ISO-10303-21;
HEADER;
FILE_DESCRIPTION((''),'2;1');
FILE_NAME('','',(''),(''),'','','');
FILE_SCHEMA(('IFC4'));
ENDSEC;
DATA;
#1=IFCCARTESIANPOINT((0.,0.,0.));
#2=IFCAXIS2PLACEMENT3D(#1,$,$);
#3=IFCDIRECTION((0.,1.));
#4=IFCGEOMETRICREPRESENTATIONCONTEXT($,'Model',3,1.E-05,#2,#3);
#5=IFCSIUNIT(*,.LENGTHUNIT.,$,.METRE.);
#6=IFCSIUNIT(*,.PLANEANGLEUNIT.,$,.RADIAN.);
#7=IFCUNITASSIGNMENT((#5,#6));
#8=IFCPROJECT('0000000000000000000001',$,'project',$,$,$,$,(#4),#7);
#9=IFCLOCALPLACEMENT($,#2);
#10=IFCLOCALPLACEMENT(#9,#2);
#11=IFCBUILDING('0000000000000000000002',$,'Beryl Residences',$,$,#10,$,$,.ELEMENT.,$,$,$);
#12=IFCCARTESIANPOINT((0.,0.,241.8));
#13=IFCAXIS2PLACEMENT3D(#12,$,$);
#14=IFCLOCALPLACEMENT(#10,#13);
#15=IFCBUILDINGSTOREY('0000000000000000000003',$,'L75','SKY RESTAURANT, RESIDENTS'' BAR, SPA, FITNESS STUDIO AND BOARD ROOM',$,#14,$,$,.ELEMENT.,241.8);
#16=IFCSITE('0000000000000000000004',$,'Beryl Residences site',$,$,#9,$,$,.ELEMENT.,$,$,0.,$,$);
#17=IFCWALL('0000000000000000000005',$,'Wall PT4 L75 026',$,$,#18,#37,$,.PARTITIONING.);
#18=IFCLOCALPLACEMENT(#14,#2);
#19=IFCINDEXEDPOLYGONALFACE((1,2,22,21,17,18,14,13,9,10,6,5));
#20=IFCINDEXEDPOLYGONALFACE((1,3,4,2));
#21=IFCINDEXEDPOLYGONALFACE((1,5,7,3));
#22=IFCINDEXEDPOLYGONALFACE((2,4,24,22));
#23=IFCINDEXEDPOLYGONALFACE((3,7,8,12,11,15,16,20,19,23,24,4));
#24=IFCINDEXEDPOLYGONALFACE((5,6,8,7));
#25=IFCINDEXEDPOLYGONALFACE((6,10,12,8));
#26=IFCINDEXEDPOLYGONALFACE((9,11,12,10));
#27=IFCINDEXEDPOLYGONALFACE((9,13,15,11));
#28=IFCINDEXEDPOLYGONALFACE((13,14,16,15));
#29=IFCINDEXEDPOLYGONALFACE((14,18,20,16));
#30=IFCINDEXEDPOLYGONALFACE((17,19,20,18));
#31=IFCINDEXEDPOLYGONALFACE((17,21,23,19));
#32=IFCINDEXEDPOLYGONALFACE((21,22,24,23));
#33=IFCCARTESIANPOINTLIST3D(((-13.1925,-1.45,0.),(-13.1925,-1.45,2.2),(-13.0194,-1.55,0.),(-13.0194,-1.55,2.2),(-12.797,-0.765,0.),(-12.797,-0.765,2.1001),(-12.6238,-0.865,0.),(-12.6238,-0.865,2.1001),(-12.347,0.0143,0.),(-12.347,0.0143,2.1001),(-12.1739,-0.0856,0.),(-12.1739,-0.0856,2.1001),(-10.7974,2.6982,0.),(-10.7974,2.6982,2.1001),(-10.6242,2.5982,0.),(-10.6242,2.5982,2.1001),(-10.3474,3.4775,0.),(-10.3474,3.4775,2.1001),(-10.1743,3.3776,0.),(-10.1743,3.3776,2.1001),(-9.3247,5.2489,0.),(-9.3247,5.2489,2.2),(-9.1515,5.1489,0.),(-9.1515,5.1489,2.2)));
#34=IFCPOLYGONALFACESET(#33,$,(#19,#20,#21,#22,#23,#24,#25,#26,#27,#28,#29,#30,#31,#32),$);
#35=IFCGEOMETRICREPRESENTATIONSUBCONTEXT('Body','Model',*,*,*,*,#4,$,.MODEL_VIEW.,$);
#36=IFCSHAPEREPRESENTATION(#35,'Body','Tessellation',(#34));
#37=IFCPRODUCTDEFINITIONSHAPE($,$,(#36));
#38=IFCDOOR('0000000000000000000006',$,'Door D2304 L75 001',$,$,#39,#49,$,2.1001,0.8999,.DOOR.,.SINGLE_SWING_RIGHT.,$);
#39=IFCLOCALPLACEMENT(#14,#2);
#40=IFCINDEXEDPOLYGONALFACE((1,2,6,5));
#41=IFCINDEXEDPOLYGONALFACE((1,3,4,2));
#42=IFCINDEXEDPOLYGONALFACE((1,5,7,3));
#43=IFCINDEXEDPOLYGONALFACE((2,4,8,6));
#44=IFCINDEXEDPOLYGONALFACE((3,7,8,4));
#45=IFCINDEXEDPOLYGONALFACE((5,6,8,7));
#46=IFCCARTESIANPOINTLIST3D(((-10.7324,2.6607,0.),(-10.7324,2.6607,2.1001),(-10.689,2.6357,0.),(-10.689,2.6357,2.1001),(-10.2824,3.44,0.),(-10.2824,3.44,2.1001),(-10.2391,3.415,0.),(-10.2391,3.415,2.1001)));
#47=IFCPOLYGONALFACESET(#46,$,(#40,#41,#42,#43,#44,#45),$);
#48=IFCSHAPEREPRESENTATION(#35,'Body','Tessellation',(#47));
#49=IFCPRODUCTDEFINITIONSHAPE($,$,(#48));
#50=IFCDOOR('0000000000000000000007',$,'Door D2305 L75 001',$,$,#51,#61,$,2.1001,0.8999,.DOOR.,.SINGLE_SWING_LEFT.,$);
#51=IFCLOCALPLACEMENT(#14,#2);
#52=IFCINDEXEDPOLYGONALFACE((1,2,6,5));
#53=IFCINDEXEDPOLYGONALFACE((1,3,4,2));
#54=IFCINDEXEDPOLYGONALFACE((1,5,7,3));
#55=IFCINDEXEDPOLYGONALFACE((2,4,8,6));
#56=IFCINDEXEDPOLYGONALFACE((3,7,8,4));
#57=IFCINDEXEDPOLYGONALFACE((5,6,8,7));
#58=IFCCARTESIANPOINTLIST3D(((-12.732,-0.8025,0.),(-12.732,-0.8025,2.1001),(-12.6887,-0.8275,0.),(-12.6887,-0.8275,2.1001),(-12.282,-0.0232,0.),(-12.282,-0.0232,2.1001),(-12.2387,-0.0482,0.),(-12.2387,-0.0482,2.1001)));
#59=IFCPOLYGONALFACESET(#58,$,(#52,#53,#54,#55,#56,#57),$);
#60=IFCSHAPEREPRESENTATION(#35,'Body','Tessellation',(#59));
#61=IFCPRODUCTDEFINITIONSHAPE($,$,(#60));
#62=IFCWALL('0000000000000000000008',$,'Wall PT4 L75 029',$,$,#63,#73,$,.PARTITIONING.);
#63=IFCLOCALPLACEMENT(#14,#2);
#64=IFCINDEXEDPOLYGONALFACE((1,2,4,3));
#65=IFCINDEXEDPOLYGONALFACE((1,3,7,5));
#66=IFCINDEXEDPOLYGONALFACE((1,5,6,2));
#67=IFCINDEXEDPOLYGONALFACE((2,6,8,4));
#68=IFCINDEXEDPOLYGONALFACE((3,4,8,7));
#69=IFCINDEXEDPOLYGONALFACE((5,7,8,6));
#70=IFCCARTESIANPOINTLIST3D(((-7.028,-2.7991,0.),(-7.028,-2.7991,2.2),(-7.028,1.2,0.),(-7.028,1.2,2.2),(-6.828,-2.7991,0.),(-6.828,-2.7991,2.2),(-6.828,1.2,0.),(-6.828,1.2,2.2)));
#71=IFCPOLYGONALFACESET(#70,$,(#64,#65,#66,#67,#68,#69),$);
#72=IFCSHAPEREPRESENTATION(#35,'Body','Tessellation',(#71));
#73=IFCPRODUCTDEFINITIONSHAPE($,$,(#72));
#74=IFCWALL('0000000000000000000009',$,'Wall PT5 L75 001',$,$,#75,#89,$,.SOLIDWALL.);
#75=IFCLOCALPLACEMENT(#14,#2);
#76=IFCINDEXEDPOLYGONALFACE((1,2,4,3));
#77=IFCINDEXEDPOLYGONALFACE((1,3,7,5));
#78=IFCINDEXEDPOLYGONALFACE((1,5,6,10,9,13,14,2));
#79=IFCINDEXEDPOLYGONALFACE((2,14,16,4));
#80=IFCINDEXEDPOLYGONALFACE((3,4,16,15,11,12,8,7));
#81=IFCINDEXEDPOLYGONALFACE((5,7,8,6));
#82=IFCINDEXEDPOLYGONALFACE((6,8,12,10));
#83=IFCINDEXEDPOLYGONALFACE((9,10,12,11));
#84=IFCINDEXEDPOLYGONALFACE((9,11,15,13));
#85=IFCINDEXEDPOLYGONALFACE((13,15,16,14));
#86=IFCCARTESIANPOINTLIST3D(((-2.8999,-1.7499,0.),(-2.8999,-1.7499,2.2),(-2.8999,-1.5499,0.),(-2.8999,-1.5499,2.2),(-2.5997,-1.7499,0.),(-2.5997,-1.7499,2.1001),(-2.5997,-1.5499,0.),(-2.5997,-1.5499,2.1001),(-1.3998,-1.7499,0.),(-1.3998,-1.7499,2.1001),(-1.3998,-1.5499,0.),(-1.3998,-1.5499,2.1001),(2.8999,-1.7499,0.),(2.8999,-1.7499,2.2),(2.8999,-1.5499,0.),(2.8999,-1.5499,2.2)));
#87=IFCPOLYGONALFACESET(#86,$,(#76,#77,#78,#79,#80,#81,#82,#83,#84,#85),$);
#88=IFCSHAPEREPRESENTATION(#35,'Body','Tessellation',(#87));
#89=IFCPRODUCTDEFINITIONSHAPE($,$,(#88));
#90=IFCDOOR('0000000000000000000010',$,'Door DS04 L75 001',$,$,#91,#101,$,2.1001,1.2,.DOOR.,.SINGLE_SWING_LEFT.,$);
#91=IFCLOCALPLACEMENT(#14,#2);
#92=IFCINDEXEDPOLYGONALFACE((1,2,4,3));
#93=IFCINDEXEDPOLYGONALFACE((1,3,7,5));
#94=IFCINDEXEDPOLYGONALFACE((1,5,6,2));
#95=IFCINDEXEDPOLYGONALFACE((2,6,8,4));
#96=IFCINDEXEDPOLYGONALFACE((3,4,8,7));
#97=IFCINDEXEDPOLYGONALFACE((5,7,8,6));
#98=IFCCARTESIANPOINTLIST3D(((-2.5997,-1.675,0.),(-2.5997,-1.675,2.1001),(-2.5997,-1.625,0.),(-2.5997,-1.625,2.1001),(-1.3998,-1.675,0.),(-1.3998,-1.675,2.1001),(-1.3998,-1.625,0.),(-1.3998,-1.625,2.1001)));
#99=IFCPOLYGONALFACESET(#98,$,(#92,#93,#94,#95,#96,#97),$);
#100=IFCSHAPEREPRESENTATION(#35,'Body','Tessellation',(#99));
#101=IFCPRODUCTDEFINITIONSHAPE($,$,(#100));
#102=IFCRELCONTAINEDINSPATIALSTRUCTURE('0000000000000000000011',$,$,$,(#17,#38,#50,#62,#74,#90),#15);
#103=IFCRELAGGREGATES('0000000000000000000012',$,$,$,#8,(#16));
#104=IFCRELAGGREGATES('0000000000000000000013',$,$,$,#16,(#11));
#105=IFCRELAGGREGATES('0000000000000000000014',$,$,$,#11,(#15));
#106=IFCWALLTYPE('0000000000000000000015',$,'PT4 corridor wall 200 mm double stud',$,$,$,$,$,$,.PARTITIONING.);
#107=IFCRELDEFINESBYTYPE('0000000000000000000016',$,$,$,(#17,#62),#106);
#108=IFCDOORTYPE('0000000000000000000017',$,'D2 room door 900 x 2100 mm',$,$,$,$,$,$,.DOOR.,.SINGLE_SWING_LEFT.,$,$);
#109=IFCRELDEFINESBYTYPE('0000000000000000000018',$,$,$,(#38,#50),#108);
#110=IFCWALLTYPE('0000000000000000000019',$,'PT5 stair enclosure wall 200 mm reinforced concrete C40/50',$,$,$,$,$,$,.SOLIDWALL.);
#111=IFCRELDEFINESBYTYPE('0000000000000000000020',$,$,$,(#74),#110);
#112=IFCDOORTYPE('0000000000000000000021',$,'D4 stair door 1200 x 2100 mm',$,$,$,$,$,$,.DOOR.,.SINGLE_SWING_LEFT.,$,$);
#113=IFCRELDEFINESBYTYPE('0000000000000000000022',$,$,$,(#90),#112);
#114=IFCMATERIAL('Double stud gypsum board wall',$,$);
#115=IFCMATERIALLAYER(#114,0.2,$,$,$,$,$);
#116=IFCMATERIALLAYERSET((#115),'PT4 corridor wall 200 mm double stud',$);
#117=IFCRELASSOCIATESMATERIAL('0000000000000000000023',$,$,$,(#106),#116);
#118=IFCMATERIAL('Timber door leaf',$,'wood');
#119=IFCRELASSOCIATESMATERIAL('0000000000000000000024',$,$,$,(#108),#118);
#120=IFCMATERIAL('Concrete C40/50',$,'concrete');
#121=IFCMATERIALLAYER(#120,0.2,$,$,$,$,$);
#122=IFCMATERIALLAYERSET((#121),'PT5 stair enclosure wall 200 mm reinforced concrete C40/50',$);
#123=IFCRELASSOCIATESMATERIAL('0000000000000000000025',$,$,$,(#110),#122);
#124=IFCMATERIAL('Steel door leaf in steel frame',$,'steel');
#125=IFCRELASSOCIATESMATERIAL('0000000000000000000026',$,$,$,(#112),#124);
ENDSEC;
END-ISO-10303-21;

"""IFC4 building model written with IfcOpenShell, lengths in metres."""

from ifc_helpers import new_model, si_unit, direction, frame, frame_2d, origin, place, context, subcontext, project, spatial, rectangle, extrude, material, layer, layer_set, type_object, element, fill, save


model = new_model("IFC4")

# Units and contexts
model_context = context("Model", 3, precision=1e-05, world=origin(), true_north=direction((0.0, 1.0)))
body_context = subcontext(model_context, "Body", "Model", "MODEL_VIEW")
ifc_project = project(units=[si_unit("LENGTHUNIT", "METRE"), si_unit("PLANEANGLEUNIT", "RADIAN")], contexts=[model_context])

# Site, building, storey
site_placement = place(None, origin())
site = spatial("IfcSite", under=ifc_project, at=site_placement, Name="Beryl Residences site", CompositionType="ELEMENT", RefElevation=0.0)
building_placement = place(site_placement, origin())
building = spatial("IfcBuilding", under=site, at=building_placement, Name="Beryl Residences", CompositionType="ELEMENT")
storey_placement = place(building_placement, frame((0.0, 0.0, 241.8)))
storey = spatial("IfcBuildingStorey", under=building, at=storey_placement, Name="L75", Description="SKY RESTAURANT, RESIDENTS' BAR, SPA, FITNESS STUDIO AND BOARD ROOM", CompositionType="ELEMENT", Elevation=241.8)

# Shared definitions
ifc_material_1 = material(Name="Double stud gypsum board wall")
ifc_layer_1 = layer(ifc_material_1, 0.2)
ifc_layer_set_1 = layer_set([ifc_layer_1], Name="PT4 corridor wall 200 mm double stud")
wall_type_1 = type_object("IfcWallType", Name="PT4 corridor wall 200 mm double stud", PredefinedType="PARTITIONING", material=ifc_layer_set_1)

# Shared definitions
ifc_material_2 = material(Name="Timber door leaf", Category="wood")
door_type_1 = type_object("IfcDoorType", Name="D2 room door 900 x 2100 mm", OperationType="SINGLE_SWING_LEFT", PredefinedType="DOOR", material=ifc_material_2)

# Wall, openings, doors
wall_1_placement = place(storey_placement, frame((-13.106, -1.5, 0.0), z_axis=(0.0, 0.0, 1.0), x_axis=(0.500026, 0.866011, 0.0)))
wall_1 = element("IfcWall", 1, at=wall_1_placement, inside=storey, type_object=wall_type_1, Name="Wall PT4 L75 026", PredefinedType="PARTITIONING", context=body_context, shape_type="SweptSolid", body=[
    extrude(rectangle(XDim=7.7354, YDim=0.2, at=frame_2d((3.8677, 0.0))), origin(), (0.0, 0.0, 1.0), 2.2),
])
opening_1_placement = place(wall_1_placement, frame((4.79, 0.0, 0.0)))
opening_1 = element("IfcOpeningElement", 2, at=opening_1_placement, cuts=wall_1, PredefinedType="OPENING", context=body_context, shape_type="SweptSolid", body=[
    extrude(rectangle(XDim=0.8999, YDim=2.1001, at=frame_2d((0.45, 1.05))), frame((0.0, 0.1099, 0.0), z_axis=(0.0, -1.0, 0.0), x_axis=(1.0, 0.0, 0.0)), (0.0, 0.0, 1.0), 0.22),
])
opening_2_placement = place(wall_1_placement, frame((0.791, 0.0, 0.0)))
opening_2 = element("IfcOpeningElement", 3, at=opening_2_placement, cuts=wall_1, PredefinedType="OPENING", context=body_context, shape_type="SweptSolid", body=[
    extrude(rectangle(XDim=0.8999, YDim=2.1001, at=frame_2d((0.45, 1.05))), frame((0.0, 0.1099, 0.0), z_axis=(0.0, -1.0, 0.0), x_axis=(1.0, 0.0, 0.0)), (0.0, 0.0, 1.0), 0.22),
])
door_1_placement = place(opening_1_placement, origin())
door_1 = element("IfcDoor", 4, at=door_1_placement, inside=storey, type_object=door_type_1, Name="Door D2304 L75 001", OperationType="SINGLE_SWING_RIGHT", OverallHeight=2.1001, OverallWidth=0.8999, PredefinedType="DOOR", context=body_context, shape_type="SweptSolid", body=[
    extrude(rectangle(XDim=0.8999, YDim=2.1001, at=frame_2d((0.45, 1.05))), frame((0.0, 0.0249, 0.0), z_axis=(0.0, -1.0, 0.0), x_axis=(1.0, 0.0, 0.0)), (0.0, 0.0, 1.0), 0.05),
])
fill(opening_1, door_1)
door_2_placement = place(opening_2_placement, origin())
door_2 = element("IfcDoor", 5, at=door_2_placement, inside=storey, type_object=door_type_1, Name="Door D2305 L75 001", OperationType="SINGLE_SWING_LEFT", OverallHeight=2.1001, OverallWidth=0.8999, PredefinedType="DOOR", context=body_context, shape_type="SweptSolid", body=[
    extrude(rectangle(XDim=0.8999, YDim=2.1001, at=frame_2d((0.45, 1.05))), frame((0.0, 0.0249, 0.0), z_axis=(0.0, -1.0, 0.0), x_axis=(1.0, 0.0, 0.0)), (0.0, 0.0, 1.0), 0.05),
])
fill(opening_2, door_2)

# Wall
wall_2_placement = place(storey_placement, frame((-6.928, -2.7991, 0.0), z_axis=(0.0, 0.0, 1.0), x_axis=(0.0, 1.0, 0.0)))
element("IfcWall", 6, at=wall_2_placement, inside=storey, type_object=wall_type_1, Name="Wall PT4 L75 029", PredefinedType="PARTITIONING", context=body_context, shape_type="SweptSolid", body=[
    extrude(rectangle(XDim=3.999, YDim=0.2, at=frame_2d((1.9995, 0.0))), origin(), (0.0, 0.0, 1.0), 2.2),
])

# Wall, opening, door
ifc_material_3 = material(Name="Concrete C40/50", Category="concrete")
ifc_layer_2 = layer(ifc_material_3, 0.2)
ifc_layer_set_2 = layer_set([ifc_layer_2], Name="PT5 stair enclosure wall 200 mm reinforced concrete C40/50")
wall_type_2 = type_object("IfcWallType", Name="PT5 stair enclosure wall 200 mm reinforced concrete C40/50", PredefinedType="SOLIDWALL", material=ifc_layer_set_2)
wall_3_placement = place(storey_placement, frame((-2.8999, -1.6499, 0.0), z_axis=(0.0, 0.0, 1.0), x_axis=(1.0, 0.0, 0.0)))
wall_3 = element("IfcWall", 7, at=wall_3_placement, inside=storey, type_object=wall_type_2, Name="Wall PT5 L75 001", PredefinedType="SOLIDWALL", context=body_context, shape_type="SweptSolid", body=[
    extrude(rectangle(XDim=5.7998, YDim=0.2, at=frame_2d((2.8999, 0.0))), origin(), (0.0, 0.0, 1.0), 2.2),
])
opening_3_placement = place(wall_3_placement, frame((0.3, 0.0, 0.0)))
opening_3 = element("IfcOpeningElement", 8, at=opening_3_placement, cuts=wall_3, PredefinedType="OPENING", context=body_context, shape_type="SweptSolid", body=[
    extrude(rectangle(XDim=1.2, YDim=2.1001, at=frame_2d((0.6001, 1.05))), frame((0.0, 0.1099, 0.0), z_axis=(0.0, -1.0, 0.0), x_axis=(1.0, 0.0, 0.0)), (0.0, 0.0, 1.0), 0.22),
])
ifc_material_4 = material(Name="Steel door leaf in steel frame", Category="steel")
door_type_2 = type_object("IfcDoorType", Name="D4 stair door 1200 x 2100 mm", OperationType="SINGLE_SWING_LEFT", PredefinedType="DOOR", material=ifc_material_4)
door_3_placement = place(opening_3_placement, origin())
door_3 = element("IfcDoor", 9, at=door_3_placement, inside=storey, type_object=door_type_2, Name="Door DS04 L75 001", OperationType="SINGLE_SWING_LEFT", OverallHeight=2.1001, OverallWidth=1.2, PredefinedType="DOOR", context=body_context, shape_type="SweptSolid", body=[
    extrude(rectangle(XDim=1.2, YDim=2.1001, at=frame_2d((0.6001, 1.05))), frame((0.0, 0.0249, 0.0), z_axis=(0.0, -1.0, 0.0), x_axis=(1.0, 0.0, 0.0)), (0.0, 0.0, 1.0), 0.05),
])
fill(opening_3, door_3)

save(model, "model.ifc")
